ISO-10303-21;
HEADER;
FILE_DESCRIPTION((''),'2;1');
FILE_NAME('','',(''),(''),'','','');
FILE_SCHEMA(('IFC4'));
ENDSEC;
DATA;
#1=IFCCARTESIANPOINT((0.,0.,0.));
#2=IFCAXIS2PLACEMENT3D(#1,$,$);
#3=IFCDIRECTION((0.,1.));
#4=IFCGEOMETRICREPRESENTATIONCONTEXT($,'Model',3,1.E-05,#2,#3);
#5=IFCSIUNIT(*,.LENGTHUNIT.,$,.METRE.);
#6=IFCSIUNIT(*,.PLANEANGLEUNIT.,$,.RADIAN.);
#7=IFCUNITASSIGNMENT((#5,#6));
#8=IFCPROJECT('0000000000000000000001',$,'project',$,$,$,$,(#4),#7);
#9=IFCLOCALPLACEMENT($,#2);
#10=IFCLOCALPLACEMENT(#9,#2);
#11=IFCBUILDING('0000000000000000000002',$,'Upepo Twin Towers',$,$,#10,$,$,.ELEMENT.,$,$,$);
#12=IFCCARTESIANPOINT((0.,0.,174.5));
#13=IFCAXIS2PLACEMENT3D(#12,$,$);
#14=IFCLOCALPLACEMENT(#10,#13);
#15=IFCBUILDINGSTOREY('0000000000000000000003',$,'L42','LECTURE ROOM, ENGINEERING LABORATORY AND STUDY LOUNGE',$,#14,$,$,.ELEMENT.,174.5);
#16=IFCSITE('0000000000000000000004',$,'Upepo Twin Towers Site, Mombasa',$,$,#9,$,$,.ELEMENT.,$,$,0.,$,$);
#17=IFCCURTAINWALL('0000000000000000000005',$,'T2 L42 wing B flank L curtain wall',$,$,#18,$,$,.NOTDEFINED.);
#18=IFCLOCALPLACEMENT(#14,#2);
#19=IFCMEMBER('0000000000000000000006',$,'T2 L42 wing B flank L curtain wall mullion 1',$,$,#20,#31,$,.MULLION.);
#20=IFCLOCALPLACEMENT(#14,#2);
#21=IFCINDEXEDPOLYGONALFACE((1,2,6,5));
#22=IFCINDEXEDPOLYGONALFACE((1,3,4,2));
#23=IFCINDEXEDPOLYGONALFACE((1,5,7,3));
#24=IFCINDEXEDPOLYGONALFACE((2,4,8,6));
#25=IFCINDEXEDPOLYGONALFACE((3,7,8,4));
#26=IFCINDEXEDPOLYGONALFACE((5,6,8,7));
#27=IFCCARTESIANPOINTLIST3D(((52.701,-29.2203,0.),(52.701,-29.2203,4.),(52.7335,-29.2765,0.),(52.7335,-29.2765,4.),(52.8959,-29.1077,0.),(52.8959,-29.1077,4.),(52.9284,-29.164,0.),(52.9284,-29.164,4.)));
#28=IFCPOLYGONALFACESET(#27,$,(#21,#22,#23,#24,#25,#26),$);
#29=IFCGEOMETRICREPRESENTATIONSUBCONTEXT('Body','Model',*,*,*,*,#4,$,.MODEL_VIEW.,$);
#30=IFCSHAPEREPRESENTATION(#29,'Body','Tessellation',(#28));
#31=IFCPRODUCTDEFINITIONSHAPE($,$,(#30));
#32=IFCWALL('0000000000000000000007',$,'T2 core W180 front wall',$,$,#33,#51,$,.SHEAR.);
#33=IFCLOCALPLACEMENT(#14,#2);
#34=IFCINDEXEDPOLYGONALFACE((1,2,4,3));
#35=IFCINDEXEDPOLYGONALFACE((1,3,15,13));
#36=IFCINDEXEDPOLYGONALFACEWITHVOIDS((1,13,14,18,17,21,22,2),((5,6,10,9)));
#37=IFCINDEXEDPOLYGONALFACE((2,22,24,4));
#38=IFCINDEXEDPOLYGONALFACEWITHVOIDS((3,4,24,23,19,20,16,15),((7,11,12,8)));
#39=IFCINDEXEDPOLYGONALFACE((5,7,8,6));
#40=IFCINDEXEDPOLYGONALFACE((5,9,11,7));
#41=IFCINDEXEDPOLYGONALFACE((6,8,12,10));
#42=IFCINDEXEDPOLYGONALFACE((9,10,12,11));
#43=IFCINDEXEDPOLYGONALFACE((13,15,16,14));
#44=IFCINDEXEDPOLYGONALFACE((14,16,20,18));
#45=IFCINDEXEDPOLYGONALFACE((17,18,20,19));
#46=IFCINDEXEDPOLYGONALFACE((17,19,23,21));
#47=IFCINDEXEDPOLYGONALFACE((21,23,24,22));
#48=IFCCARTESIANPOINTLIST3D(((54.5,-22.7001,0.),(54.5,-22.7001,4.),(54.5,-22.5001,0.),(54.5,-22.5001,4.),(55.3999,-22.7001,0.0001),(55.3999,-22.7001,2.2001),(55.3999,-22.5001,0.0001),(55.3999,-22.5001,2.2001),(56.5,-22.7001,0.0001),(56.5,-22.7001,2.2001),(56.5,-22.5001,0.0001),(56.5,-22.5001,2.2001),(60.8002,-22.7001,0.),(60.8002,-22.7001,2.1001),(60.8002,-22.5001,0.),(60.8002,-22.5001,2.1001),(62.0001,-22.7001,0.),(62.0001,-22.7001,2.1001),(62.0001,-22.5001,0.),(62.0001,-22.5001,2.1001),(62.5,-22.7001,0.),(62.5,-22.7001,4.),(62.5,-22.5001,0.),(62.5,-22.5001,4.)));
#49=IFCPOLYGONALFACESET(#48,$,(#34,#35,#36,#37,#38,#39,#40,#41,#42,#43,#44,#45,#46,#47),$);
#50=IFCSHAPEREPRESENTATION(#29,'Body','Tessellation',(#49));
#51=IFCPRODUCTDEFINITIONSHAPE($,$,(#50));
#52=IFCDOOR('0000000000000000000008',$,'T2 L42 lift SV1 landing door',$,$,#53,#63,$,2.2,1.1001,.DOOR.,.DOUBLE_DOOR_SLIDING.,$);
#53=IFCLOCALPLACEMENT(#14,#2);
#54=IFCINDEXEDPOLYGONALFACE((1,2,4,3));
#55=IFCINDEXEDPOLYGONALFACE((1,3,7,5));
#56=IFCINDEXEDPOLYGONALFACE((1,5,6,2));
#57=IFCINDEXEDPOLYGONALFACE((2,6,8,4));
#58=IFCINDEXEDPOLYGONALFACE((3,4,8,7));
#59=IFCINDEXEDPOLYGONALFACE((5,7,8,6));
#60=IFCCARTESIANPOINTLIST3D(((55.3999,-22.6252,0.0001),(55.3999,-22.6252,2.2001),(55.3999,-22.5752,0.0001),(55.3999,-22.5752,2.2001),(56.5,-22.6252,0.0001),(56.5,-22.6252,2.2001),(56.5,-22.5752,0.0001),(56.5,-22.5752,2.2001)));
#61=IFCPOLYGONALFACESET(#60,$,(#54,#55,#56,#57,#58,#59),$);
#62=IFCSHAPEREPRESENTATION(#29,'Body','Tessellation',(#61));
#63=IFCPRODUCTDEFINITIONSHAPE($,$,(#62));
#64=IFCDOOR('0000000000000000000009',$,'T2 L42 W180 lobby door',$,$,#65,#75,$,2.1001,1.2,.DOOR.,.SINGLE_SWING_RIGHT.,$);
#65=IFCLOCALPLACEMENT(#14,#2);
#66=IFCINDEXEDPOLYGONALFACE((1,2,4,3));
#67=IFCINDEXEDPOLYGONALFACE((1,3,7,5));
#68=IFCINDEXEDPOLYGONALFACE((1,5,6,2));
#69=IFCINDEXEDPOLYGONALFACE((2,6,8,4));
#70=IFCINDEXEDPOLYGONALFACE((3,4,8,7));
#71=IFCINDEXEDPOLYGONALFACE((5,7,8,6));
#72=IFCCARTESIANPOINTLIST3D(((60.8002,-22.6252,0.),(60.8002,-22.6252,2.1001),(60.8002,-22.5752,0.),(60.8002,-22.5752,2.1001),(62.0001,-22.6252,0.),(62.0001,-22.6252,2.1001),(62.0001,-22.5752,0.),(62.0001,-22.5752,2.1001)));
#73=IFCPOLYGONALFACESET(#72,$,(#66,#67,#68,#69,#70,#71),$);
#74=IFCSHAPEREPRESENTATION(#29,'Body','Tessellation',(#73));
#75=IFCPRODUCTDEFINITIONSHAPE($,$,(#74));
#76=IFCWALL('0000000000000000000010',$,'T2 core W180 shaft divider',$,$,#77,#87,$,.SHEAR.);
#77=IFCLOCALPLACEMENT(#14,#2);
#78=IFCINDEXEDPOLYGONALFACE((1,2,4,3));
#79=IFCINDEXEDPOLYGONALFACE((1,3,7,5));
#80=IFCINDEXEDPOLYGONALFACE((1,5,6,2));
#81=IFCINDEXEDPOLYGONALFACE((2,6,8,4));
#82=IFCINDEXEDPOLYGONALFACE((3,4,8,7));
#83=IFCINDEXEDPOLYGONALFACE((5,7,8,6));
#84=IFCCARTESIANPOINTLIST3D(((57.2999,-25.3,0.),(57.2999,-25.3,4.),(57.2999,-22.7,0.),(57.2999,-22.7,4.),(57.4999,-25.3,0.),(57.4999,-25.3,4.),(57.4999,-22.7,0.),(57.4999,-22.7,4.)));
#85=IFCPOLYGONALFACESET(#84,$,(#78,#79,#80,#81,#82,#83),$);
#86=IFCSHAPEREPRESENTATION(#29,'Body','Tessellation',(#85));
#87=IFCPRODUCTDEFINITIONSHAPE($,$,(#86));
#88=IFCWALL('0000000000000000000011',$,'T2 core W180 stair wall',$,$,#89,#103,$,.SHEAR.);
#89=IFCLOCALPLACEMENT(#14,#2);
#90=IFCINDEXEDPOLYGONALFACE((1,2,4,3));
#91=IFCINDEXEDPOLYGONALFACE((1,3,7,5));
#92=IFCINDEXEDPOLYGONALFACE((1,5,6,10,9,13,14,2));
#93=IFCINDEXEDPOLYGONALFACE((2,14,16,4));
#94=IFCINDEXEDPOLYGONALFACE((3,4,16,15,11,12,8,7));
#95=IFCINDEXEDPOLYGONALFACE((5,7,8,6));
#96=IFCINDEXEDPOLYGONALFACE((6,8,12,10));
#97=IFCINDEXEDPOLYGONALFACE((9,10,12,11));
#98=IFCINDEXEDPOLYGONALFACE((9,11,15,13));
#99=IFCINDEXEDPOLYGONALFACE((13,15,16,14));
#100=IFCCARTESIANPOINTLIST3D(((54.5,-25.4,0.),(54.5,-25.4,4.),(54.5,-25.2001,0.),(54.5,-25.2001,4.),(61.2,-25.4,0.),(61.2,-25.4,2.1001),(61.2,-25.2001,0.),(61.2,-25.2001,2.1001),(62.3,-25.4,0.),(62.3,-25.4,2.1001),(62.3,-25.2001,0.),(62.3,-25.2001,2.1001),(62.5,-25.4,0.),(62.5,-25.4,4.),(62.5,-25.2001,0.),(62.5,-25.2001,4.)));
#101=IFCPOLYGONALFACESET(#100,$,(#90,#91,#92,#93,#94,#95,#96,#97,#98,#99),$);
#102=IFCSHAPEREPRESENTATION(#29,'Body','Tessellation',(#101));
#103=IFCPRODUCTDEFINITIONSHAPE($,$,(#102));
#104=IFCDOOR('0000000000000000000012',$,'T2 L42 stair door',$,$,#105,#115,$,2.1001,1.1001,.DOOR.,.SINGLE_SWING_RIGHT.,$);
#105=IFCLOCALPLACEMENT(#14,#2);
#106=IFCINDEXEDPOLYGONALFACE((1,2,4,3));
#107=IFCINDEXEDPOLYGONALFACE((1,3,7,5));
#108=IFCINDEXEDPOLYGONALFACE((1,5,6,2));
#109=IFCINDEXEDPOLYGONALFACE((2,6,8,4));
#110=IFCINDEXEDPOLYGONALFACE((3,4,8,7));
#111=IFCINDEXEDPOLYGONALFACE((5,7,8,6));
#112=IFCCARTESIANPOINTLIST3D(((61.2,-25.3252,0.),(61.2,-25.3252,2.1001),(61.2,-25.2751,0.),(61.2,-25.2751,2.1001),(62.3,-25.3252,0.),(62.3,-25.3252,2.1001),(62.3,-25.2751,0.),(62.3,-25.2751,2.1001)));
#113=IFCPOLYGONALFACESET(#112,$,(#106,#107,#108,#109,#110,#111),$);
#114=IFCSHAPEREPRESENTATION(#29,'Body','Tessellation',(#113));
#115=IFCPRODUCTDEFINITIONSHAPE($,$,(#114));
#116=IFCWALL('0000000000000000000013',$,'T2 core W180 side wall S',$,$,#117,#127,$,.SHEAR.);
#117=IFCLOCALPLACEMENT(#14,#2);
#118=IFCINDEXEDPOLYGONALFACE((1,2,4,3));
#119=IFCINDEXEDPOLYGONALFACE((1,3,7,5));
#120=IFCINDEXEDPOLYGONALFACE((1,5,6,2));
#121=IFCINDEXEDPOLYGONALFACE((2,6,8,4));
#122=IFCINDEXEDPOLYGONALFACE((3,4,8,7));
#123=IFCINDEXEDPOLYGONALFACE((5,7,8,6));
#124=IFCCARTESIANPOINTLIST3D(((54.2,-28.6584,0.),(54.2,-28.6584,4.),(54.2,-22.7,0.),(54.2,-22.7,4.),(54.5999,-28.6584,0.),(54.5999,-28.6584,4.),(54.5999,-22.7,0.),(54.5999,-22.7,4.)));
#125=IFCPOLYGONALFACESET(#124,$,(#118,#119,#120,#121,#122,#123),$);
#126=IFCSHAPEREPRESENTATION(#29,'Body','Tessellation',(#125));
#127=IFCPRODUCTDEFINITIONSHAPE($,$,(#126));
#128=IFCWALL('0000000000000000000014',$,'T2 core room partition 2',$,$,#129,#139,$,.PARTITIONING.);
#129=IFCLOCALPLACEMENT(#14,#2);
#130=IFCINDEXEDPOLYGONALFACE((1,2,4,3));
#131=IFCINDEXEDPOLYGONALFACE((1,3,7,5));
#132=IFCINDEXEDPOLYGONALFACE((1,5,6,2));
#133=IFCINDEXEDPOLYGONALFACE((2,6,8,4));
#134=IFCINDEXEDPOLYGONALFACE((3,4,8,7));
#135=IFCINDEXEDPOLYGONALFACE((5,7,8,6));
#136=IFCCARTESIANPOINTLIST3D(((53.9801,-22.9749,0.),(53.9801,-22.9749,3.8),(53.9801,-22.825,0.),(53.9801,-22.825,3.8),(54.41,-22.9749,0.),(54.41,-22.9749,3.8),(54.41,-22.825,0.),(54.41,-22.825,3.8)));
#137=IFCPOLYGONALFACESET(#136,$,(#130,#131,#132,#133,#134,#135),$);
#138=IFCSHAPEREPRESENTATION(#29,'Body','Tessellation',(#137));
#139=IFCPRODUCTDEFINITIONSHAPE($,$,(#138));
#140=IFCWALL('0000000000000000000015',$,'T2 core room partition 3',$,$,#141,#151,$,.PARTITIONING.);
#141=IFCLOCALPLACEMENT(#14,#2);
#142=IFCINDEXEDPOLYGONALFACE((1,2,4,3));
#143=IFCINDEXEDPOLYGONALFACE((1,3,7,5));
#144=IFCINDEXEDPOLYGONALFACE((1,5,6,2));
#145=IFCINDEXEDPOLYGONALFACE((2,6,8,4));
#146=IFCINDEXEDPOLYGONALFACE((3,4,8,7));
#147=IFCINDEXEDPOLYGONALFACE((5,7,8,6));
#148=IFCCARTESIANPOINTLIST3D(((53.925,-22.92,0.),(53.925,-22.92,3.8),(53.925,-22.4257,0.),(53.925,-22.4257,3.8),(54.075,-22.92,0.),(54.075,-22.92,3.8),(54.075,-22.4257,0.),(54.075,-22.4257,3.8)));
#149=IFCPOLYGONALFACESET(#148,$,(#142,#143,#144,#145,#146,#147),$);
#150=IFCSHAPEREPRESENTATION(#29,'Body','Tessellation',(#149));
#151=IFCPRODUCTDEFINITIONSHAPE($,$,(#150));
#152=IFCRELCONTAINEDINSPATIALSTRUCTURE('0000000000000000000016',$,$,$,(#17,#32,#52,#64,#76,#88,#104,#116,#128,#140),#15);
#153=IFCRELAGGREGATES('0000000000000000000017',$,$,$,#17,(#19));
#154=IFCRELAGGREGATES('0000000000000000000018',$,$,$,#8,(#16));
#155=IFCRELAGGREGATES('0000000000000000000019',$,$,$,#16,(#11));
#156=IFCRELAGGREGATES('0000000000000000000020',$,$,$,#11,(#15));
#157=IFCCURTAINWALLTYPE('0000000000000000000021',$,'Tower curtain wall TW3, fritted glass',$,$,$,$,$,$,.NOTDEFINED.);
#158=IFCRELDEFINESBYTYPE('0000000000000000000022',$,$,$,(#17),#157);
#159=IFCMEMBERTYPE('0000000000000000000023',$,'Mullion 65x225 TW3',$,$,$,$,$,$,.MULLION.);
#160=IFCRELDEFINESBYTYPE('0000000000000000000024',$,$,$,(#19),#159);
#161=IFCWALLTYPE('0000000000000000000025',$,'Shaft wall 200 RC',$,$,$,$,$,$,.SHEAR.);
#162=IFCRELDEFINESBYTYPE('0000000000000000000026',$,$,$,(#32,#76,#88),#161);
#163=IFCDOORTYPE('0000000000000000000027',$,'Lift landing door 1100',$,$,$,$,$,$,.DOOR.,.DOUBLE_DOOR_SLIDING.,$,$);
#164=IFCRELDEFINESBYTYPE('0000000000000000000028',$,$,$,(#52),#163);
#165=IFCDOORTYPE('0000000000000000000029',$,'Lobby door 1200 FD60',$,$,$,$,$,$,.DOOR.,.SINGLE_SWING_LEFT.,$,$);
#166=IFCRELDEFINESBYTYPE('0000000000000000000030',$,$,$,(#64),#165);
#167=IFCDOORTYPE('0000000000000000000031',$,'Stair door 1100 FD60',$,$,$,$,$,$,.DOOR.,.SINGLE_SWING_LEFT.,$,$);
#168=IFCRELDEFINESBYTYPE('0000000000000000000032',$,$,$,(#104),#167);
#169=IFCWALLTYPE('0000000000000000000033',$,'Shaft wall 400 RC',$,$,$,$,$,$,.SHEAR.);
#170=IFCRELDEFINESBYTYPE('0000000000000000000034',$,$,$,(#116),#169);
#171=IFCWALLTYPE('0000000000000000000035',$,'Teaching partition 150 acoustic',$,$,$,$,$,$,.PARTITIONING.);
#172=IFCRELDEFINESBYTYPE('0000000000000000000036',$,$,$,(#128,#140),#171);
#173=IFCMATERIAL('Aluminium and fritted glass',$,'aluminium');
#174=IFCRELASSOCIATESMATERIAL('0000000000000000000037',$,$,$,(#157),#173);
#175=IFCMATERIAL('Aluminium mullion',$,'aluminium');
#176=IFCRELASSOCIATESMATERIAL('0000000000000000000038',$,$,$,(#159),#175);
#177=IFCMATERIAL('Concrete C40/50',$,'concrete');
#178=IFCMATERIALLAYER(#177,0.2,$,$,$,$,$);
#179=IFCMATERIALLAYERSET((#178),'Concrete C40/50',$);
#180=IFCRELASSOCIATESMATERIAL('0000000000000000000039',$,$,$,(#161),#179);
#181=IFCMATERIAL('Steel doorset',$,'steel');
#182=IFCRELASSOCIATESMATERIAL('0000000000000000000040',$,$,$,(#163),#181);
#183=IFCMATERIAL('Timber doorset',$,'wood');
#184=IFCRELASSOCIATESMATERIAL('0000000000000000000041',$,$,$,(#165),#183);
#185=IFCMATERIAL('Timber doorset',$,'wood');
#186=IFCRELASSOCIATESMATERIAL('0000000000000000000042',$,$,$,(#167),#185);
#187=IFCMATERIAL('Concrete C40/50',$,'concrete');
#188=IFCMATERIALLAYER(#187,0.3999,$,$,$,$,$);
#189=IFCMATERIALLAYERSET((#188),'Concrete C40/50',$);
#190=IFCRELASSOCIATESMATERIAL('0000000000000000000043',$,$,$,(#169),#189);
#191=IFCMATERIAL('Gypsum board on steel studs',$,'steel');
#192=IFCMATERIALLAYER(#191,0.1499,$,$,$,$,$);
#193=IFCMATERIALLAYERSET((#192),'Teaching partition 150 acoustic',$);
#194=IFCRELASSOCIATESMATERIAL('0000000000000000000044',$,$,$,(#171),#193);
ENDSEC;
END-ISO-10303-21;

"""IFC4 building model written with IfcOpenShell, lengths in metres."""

from ifc_helpers import new_model, si_unit, direction, frame, frame_2d, origin, origin_2d, place, context, subcontext, project, spatial, rectangle, extrude, material, layer, layer_set, material_profile, profile_set, type_object, element, fill, aggregate, save


model = new_model("IFC4")

# Units and contexts
model_context = context("Model", 3, precision=1e-05, world=origin(), true_north=direction((0.0, 1.0)))
body_context = subcontext(model_context, "Body", "Model", "MODEL_VIEW")
ifc_project = project(units=[si_unit("LENGTHUNIT", "METRE"), si_unit("PLANEANGLEUNIT", "RADIAN")], contexts=[model_context])

# Site, building, storey
site_placement = place(None, origin())
site = spatial("IfcSite", under=ifc_project, at=site_placement, Name="Upepo Twin Towers Site, Mombasa", CompositionType="ELEMENT", RefElevation=0.0)
building_placement = place(site_placement, origin())
building = spatial("IfcBuilding", under=site, at=building_placement, Name="Upepo Twin Towers", CompositionType="ELEMENT")
storey_placement = place(building_placement, frame((0.0, 0.0, 174.5)))
storey = spatial("IfcBuildingStorey", under=building, at=storey_placement, Name="L42", Description="LECTURE ROOM, ENGINEERING LABORATORY AND STUDY LOUNGE", CompositionType="ELEMENT", Elevation=174.5)

# Curtain wall, member
ifc_material_1 = material(Name="Aluminium and fritted glass", Category="aluminium")
curtain_wall_type = type_object("IfcCurtainWallType", Name="Tower curtain wall TW3, fritted glass", PredefinedType="NOTDEFINED", material=ifc_material_1)
curtain_wall_placement = place(storey_placement, origin())
curtain_wall = element("IfcCurtainWall", 1, at=curtain_wall_placement, inside=storey, type_object=curtain_wall_type, Name="T2 L42 wing B flank L curtain wall", PredefinedType="NOTDEFINED")
ifc_material_2 = material(Name="Aluminium mullion", Category="aluminium")
ifc_material_profile = material_profile(ifc_material_2, rectangle(XDim=0.0649, YDim=0.2251, at=origin_2d()), Name="MULLION 65x225")
ifc_profile_set = profile_set([ifc_material_profile], Name="Aluminium mullion")
member_type = type_object("IfcMemberType", Name="Mullion 65x225 TW3", PredefinedType="MULLION", material=ifc_profile_set)
member_placement = place(storey_placement, frame((52.8147, -29.1921, 0.0), z_axis=(0.0, 0.0, 1.0), x_axis=(0.5, -0.866025, 0.0)))
member = element("IfcMember", 2, at=member_placement, type_object=member_type, Name="T2 L42 wing B flank L curtain wall mullion 1", PredefinedType="MULLION", context=body_context, shape_type="SweptSolid", body=[
    extrude(rectangle(XDim=0.0649, YDim=0.2251, at=origin_2d()), origin(), (0.0, 0.0, 1.0), 4.0),
])
aggregate(curtain_wall, [member])

# Wall, openings, doors
ifc_material_3 = material(Name="Concrete C40/50", Category="concrete")
ifc_layer_1 = layer(ifc_material_3, 0.2)
ifc_layer_set_1 = layer_set([ifc_layer_1], Name="Concrete C40/50")
wall_type_1 = type_object("IfcWallType", Name="Shaft wall 200 RC", PredefinedType="SHEAR", material=ifc_layer_set_1)
wall_1_placement = place(storey_placement, frame((54.5, -22.6001, 0.0), z_axis=(0.0, 0.0, 1.0), x_axis=(1.0, 0.0, 0.0)))
wall_1 = element("IfcWall", 3, at=wall_1_placement, inside=storey, type_object=wall_type_1, Name="T2 core W180 front wall", PredefinedType="SHEAR", context=body_context, shape_type="SweptSolid", body=[
    extrude(rectangle(XDim=8.0, YDim=0.2, at=frame_2d((4.0, 0.0))), origin(), (0.0, 0.0, 1.0), 4.0),
])
opening_1_placement = place(wall_1_placement, frame((6.3, 0.0, 0.0)))
opening_1 = element("IfcOpeningElement", 4, at=opening_1_placement, cuts=wall_1, PredefinedType="OPENING", context=body_context, shape_type="SweptSolid", body=[
    extrude(rectangle(XDim=1.2, YDim=2.1001, at=frame_2d((0.6001, 1.05))), frame((0.0, 0.1099, 0.0), z_axis=(0.0, -1.0, 0.0), x_axis=(1.0, 0.0, 0.0)), (0.0, 0.0, 1.0), 0.22),
])
opening_2_placement = place(wall_1_placement, frame((0.8999, 0.0, 0.0)))
opening_2 = element("IfcOpeningElement", 5, at=opening_2_placement, cuts=wall_1, PredefinedType="OPENING", context=body_context, shape_type="SweptSolid", body=[
    extrude(rectangle(XDim=1.1001, YDim=2.2, at=frame_2d((0.55, 1.1001))), frame((0.0, 0.1099, 0.0), z_axis=(0.0, -1.0, 0.0), x_axis=(1.0, 0.0, 0.0)), (0.0, 0.0, 1.0), 0.22),
])
ifc_material_4 = material(Name="Steel doorset", Category="steel")
door_type_1 = type_object("IfcDoorType", Name="Lift landing door 1100", OperationType="DOUBLE_DOOR_SLIDING", PredefinedType="DOOR", material=ifc_material_4)
door_1_placement = place(opening_2_placement, origin())
door_1 = element("IfcDoor", 6, at=door_1_placement, inside=storey, type_object=door_type_1, Name="T2 L42 lift SV1 landing door", OperationType="DOUBLE_DOOR_SLIDING", OverallHeight=2.2, OverallWidth=1.1001, PredefinedType="DOOR", context=body_context, shape_type="SweptSolid", body=[
    extrude(rectangle(XDim=1.1001, YDim=2.2, at=frame_2d((0.55, 1.1001))), frame((0.0, 0.0249, 0.0), z_axis=(0.0, -1.0, 0.0), x_axis=(1.0, 0.0, 0.0)), (0.0, 0.0, 1.0), 0.05),
])
fill(opening_2, door_1)
ifc_material_5 = material(Name="Timber doorset", Category="wood")
door_type_2 = type_object("IfcDoorType", Name="Lobby door 1200 FD60", OperationType="SINGLE_SWING_LEFT", PredefinedType="DOOR", material=ifc_material_5)
door_2_placement = place(opening_1_placement, origin())
door_2 = element("IfcDoor", 7, at=door_2_placement, inside=storey, type_object=door_type_2, Name="T2 L42 W180 lobby door", OperationType="SINGLE_SWING_RIGHT", OverallHeight=2.1001, OverallWidth=1.2, PredefinedType="DOOR", context=body_context, shape_type="SweptSolid", body=[
    extrude(rectangle(XDim=1.2, YDim=2.1001, at=frame_2d((0.6001, 1.05))), frame((0.0, 0.0249, 0.0), z_axis=(0.0, -1.0, 0.0), x_axis=(1.0, 0.0, 0.0)), (0.0, 0.0, 1.0), 0.05),
])
fill(opening_1, door_2)

# Wall
wall_2_placement = place(storey_placement, frame((57.3999, -22.7, 0.0), z_axis=(0.0, 0.0, 1.0), x_axis=(0.0, -1.0, 0.0)))
element("IfcWall", 8, at=wall_2_placement, inside=storey, type_object=wall_type_1, Name="T2 core W180 shaft divider", PredefinedType="SHEAR", context=body_context, shape_type="SweptSolid", body=[
    extrude(rectangle(XDim=2.6001, YDim=0.2, at=frame_2d((1.3, 0.0))), origin(), (0.0, 0.0, 1.0), 4.0),
])

# Wall, opening, door
wall_3_placement = place(storey_placement, frame((54.5, -25.3, 0.0), z_axis=(0.0, 0.0, 1.0), x_axis=(1.0, 0.0, 0.0)))
wall_3 = element("IfcWall", 9, at=wall_3_placement, inside=storey, type_object=wall_type_1, Name="T2 core W180 stair wall", PredefinedType="SHEAR", context=body_context, shape_type="SweptSolid", body=[
    extrude(rectangle(XDim=8.0, YDim=0.2, at=frame_2d((4.0, 0.0))), origin(), (0.0, 0.0, 1.0), 4.0),
])
opening_3_placement = place(wall_3_placement, frame((6.7, 0.0, 0.0)))
opening_3 = element("IfcOpeningElement", 10, at=opening_3_placement, cuts=wall_3, PredefinedType="OPENING", context=body_context, shape_type="SweptSolid", body=[
    extrude(rectangle(XDim=1.1001, YDim=2.1001, at=frame_2d((0.55, 1.05))), frame((0.0, 0.1099, 0.0), z_axis=(0.0, -1.0, 0.0), x_axis=(1.0, 0.0, 0.0)), (0.0, 0.0, 1.0), 0.22),
])
ifc_material_6 = material(Name="Timber doorset", Category="wood")
door_type_3 = type_object("IfcDoorType", Name="Stair door 1100 FD60", OperationType="SINGLE_SWING_LEFT", PredefinedType="DOOR", material=ifc_material_6)
door_3_placement = place(opening_3_placement, origin())
door_3 = element("IfcDoor", 11, at=door_3_placement, inside=storey, type_object=door_type_3, Name="T2 L42 stair door", OperationType="SINGLE_SWING_RIGHT", OverallHeight=2.1001, OverallWidth=1.1001, PredefinedType="DOOR", context=body_context, shape_type="SweptSolid", body=[
    extrude(rectangle(XDim=1.1001, YDim=2.1001, at=frame_2d((0.55, 1.05))), frame((0.0, 0.0249, 0.0), z_axis=(0.0, -1.0, 0.0), x_axis=(1.0, 0.0, 0.0)), (0.0, 0.0, 1.0), 0.05),
])
fill(opening_3, door_3)

# Walls
ifc_material_7 = material(Name="Concrete C40/50", Category="concrete")
ifc_layer_2 = layer(ifc_material_7, 0.3999)
ifc_layer_set_2 = layer_set([ifc_layer_2], Name="Concrete C40/50")
wall_type_2 = type_object("IfcWallType", Name="Shaft wall 400 RC", PredefinedType="SHEAR", material=ifc_layer_set_2)
wall_4_placement = place(storey_placement, frame((54.3999, -22.7, 0.0), z_axis=(0.0, 0.0, 1.0), x_axis=(0.0, -1.0, 0.0)))
element("IfcWall", 12, at=wall_4_placement, inside=storey, type_object=wall_type_2, Name="T2 core W180 side wall S", PredefinedType="SHEAR", context=body_context, shape_type="SweptSolid", body=[
    extrude(rectangle(XDim=5.9585, YDim=0.3999, at=frame_2d((2.9792, 0.0))), origin(), (0.0, 0.0, 1.0), 4.0),
])
ifc_material_8 = material(Name="Gypsum board on steel studs", Category="steel")
ifc_layer_3 = layer(ifc_material_8, 0.1499)
ifc_layer_set_3 = layer_set([ifc_layer_3], Name="Teaching partition 150 acoustic")
wall_type_3 = type_object("IfcWallType", Name="Teaching partition 150 acoustic", PredefinedType="PARTITIONING", material=ifc_layer_set_3)
wall_5_placement = place(storey_placement, frame((54.4099, -22.8999, 0.0), z_axis=(0.0, 0.0, 1.0), x_axis=(-1.0, 0.0, 0.0)))
element("IfcWall", 13, at=wall_5_placement, inside=storey, type_object=wall_type_3, Name="T2 core room partition 2", PredefinedType="PARTITIONING", context=body_context, shape_type="SweptSolid", body=[
    extrude(rectangle(XDim=0.4299, YDim=0.1499, at=frame_2d((0.2148, 0.0))), origin(), (0.0, 0.0, 1.0), 3.8),
])
wall_6_placement = place(storey_placement, frame((54.0, -22.9199, 0.0), z_axis=(0.0, 0.0, 1.0), x_axis=(0.0, 1.0, 0.0)))
element("IfcWall", 14, at=wall_6_placement, inside=storey, type_object=wall_type_3, Name="T2 core room partition 3", PredefinedType="PARTITIONING", context=body_context, shape_type="SweptSolid", body=[
    extrude(rectangle(XDim=0.4944, YDim=0.1499, at=frame_2d((0.2471, 0.0))), origin(), (0.0, 0.0, 1.0), 3.8),
])

save(model, "model.ifc")
